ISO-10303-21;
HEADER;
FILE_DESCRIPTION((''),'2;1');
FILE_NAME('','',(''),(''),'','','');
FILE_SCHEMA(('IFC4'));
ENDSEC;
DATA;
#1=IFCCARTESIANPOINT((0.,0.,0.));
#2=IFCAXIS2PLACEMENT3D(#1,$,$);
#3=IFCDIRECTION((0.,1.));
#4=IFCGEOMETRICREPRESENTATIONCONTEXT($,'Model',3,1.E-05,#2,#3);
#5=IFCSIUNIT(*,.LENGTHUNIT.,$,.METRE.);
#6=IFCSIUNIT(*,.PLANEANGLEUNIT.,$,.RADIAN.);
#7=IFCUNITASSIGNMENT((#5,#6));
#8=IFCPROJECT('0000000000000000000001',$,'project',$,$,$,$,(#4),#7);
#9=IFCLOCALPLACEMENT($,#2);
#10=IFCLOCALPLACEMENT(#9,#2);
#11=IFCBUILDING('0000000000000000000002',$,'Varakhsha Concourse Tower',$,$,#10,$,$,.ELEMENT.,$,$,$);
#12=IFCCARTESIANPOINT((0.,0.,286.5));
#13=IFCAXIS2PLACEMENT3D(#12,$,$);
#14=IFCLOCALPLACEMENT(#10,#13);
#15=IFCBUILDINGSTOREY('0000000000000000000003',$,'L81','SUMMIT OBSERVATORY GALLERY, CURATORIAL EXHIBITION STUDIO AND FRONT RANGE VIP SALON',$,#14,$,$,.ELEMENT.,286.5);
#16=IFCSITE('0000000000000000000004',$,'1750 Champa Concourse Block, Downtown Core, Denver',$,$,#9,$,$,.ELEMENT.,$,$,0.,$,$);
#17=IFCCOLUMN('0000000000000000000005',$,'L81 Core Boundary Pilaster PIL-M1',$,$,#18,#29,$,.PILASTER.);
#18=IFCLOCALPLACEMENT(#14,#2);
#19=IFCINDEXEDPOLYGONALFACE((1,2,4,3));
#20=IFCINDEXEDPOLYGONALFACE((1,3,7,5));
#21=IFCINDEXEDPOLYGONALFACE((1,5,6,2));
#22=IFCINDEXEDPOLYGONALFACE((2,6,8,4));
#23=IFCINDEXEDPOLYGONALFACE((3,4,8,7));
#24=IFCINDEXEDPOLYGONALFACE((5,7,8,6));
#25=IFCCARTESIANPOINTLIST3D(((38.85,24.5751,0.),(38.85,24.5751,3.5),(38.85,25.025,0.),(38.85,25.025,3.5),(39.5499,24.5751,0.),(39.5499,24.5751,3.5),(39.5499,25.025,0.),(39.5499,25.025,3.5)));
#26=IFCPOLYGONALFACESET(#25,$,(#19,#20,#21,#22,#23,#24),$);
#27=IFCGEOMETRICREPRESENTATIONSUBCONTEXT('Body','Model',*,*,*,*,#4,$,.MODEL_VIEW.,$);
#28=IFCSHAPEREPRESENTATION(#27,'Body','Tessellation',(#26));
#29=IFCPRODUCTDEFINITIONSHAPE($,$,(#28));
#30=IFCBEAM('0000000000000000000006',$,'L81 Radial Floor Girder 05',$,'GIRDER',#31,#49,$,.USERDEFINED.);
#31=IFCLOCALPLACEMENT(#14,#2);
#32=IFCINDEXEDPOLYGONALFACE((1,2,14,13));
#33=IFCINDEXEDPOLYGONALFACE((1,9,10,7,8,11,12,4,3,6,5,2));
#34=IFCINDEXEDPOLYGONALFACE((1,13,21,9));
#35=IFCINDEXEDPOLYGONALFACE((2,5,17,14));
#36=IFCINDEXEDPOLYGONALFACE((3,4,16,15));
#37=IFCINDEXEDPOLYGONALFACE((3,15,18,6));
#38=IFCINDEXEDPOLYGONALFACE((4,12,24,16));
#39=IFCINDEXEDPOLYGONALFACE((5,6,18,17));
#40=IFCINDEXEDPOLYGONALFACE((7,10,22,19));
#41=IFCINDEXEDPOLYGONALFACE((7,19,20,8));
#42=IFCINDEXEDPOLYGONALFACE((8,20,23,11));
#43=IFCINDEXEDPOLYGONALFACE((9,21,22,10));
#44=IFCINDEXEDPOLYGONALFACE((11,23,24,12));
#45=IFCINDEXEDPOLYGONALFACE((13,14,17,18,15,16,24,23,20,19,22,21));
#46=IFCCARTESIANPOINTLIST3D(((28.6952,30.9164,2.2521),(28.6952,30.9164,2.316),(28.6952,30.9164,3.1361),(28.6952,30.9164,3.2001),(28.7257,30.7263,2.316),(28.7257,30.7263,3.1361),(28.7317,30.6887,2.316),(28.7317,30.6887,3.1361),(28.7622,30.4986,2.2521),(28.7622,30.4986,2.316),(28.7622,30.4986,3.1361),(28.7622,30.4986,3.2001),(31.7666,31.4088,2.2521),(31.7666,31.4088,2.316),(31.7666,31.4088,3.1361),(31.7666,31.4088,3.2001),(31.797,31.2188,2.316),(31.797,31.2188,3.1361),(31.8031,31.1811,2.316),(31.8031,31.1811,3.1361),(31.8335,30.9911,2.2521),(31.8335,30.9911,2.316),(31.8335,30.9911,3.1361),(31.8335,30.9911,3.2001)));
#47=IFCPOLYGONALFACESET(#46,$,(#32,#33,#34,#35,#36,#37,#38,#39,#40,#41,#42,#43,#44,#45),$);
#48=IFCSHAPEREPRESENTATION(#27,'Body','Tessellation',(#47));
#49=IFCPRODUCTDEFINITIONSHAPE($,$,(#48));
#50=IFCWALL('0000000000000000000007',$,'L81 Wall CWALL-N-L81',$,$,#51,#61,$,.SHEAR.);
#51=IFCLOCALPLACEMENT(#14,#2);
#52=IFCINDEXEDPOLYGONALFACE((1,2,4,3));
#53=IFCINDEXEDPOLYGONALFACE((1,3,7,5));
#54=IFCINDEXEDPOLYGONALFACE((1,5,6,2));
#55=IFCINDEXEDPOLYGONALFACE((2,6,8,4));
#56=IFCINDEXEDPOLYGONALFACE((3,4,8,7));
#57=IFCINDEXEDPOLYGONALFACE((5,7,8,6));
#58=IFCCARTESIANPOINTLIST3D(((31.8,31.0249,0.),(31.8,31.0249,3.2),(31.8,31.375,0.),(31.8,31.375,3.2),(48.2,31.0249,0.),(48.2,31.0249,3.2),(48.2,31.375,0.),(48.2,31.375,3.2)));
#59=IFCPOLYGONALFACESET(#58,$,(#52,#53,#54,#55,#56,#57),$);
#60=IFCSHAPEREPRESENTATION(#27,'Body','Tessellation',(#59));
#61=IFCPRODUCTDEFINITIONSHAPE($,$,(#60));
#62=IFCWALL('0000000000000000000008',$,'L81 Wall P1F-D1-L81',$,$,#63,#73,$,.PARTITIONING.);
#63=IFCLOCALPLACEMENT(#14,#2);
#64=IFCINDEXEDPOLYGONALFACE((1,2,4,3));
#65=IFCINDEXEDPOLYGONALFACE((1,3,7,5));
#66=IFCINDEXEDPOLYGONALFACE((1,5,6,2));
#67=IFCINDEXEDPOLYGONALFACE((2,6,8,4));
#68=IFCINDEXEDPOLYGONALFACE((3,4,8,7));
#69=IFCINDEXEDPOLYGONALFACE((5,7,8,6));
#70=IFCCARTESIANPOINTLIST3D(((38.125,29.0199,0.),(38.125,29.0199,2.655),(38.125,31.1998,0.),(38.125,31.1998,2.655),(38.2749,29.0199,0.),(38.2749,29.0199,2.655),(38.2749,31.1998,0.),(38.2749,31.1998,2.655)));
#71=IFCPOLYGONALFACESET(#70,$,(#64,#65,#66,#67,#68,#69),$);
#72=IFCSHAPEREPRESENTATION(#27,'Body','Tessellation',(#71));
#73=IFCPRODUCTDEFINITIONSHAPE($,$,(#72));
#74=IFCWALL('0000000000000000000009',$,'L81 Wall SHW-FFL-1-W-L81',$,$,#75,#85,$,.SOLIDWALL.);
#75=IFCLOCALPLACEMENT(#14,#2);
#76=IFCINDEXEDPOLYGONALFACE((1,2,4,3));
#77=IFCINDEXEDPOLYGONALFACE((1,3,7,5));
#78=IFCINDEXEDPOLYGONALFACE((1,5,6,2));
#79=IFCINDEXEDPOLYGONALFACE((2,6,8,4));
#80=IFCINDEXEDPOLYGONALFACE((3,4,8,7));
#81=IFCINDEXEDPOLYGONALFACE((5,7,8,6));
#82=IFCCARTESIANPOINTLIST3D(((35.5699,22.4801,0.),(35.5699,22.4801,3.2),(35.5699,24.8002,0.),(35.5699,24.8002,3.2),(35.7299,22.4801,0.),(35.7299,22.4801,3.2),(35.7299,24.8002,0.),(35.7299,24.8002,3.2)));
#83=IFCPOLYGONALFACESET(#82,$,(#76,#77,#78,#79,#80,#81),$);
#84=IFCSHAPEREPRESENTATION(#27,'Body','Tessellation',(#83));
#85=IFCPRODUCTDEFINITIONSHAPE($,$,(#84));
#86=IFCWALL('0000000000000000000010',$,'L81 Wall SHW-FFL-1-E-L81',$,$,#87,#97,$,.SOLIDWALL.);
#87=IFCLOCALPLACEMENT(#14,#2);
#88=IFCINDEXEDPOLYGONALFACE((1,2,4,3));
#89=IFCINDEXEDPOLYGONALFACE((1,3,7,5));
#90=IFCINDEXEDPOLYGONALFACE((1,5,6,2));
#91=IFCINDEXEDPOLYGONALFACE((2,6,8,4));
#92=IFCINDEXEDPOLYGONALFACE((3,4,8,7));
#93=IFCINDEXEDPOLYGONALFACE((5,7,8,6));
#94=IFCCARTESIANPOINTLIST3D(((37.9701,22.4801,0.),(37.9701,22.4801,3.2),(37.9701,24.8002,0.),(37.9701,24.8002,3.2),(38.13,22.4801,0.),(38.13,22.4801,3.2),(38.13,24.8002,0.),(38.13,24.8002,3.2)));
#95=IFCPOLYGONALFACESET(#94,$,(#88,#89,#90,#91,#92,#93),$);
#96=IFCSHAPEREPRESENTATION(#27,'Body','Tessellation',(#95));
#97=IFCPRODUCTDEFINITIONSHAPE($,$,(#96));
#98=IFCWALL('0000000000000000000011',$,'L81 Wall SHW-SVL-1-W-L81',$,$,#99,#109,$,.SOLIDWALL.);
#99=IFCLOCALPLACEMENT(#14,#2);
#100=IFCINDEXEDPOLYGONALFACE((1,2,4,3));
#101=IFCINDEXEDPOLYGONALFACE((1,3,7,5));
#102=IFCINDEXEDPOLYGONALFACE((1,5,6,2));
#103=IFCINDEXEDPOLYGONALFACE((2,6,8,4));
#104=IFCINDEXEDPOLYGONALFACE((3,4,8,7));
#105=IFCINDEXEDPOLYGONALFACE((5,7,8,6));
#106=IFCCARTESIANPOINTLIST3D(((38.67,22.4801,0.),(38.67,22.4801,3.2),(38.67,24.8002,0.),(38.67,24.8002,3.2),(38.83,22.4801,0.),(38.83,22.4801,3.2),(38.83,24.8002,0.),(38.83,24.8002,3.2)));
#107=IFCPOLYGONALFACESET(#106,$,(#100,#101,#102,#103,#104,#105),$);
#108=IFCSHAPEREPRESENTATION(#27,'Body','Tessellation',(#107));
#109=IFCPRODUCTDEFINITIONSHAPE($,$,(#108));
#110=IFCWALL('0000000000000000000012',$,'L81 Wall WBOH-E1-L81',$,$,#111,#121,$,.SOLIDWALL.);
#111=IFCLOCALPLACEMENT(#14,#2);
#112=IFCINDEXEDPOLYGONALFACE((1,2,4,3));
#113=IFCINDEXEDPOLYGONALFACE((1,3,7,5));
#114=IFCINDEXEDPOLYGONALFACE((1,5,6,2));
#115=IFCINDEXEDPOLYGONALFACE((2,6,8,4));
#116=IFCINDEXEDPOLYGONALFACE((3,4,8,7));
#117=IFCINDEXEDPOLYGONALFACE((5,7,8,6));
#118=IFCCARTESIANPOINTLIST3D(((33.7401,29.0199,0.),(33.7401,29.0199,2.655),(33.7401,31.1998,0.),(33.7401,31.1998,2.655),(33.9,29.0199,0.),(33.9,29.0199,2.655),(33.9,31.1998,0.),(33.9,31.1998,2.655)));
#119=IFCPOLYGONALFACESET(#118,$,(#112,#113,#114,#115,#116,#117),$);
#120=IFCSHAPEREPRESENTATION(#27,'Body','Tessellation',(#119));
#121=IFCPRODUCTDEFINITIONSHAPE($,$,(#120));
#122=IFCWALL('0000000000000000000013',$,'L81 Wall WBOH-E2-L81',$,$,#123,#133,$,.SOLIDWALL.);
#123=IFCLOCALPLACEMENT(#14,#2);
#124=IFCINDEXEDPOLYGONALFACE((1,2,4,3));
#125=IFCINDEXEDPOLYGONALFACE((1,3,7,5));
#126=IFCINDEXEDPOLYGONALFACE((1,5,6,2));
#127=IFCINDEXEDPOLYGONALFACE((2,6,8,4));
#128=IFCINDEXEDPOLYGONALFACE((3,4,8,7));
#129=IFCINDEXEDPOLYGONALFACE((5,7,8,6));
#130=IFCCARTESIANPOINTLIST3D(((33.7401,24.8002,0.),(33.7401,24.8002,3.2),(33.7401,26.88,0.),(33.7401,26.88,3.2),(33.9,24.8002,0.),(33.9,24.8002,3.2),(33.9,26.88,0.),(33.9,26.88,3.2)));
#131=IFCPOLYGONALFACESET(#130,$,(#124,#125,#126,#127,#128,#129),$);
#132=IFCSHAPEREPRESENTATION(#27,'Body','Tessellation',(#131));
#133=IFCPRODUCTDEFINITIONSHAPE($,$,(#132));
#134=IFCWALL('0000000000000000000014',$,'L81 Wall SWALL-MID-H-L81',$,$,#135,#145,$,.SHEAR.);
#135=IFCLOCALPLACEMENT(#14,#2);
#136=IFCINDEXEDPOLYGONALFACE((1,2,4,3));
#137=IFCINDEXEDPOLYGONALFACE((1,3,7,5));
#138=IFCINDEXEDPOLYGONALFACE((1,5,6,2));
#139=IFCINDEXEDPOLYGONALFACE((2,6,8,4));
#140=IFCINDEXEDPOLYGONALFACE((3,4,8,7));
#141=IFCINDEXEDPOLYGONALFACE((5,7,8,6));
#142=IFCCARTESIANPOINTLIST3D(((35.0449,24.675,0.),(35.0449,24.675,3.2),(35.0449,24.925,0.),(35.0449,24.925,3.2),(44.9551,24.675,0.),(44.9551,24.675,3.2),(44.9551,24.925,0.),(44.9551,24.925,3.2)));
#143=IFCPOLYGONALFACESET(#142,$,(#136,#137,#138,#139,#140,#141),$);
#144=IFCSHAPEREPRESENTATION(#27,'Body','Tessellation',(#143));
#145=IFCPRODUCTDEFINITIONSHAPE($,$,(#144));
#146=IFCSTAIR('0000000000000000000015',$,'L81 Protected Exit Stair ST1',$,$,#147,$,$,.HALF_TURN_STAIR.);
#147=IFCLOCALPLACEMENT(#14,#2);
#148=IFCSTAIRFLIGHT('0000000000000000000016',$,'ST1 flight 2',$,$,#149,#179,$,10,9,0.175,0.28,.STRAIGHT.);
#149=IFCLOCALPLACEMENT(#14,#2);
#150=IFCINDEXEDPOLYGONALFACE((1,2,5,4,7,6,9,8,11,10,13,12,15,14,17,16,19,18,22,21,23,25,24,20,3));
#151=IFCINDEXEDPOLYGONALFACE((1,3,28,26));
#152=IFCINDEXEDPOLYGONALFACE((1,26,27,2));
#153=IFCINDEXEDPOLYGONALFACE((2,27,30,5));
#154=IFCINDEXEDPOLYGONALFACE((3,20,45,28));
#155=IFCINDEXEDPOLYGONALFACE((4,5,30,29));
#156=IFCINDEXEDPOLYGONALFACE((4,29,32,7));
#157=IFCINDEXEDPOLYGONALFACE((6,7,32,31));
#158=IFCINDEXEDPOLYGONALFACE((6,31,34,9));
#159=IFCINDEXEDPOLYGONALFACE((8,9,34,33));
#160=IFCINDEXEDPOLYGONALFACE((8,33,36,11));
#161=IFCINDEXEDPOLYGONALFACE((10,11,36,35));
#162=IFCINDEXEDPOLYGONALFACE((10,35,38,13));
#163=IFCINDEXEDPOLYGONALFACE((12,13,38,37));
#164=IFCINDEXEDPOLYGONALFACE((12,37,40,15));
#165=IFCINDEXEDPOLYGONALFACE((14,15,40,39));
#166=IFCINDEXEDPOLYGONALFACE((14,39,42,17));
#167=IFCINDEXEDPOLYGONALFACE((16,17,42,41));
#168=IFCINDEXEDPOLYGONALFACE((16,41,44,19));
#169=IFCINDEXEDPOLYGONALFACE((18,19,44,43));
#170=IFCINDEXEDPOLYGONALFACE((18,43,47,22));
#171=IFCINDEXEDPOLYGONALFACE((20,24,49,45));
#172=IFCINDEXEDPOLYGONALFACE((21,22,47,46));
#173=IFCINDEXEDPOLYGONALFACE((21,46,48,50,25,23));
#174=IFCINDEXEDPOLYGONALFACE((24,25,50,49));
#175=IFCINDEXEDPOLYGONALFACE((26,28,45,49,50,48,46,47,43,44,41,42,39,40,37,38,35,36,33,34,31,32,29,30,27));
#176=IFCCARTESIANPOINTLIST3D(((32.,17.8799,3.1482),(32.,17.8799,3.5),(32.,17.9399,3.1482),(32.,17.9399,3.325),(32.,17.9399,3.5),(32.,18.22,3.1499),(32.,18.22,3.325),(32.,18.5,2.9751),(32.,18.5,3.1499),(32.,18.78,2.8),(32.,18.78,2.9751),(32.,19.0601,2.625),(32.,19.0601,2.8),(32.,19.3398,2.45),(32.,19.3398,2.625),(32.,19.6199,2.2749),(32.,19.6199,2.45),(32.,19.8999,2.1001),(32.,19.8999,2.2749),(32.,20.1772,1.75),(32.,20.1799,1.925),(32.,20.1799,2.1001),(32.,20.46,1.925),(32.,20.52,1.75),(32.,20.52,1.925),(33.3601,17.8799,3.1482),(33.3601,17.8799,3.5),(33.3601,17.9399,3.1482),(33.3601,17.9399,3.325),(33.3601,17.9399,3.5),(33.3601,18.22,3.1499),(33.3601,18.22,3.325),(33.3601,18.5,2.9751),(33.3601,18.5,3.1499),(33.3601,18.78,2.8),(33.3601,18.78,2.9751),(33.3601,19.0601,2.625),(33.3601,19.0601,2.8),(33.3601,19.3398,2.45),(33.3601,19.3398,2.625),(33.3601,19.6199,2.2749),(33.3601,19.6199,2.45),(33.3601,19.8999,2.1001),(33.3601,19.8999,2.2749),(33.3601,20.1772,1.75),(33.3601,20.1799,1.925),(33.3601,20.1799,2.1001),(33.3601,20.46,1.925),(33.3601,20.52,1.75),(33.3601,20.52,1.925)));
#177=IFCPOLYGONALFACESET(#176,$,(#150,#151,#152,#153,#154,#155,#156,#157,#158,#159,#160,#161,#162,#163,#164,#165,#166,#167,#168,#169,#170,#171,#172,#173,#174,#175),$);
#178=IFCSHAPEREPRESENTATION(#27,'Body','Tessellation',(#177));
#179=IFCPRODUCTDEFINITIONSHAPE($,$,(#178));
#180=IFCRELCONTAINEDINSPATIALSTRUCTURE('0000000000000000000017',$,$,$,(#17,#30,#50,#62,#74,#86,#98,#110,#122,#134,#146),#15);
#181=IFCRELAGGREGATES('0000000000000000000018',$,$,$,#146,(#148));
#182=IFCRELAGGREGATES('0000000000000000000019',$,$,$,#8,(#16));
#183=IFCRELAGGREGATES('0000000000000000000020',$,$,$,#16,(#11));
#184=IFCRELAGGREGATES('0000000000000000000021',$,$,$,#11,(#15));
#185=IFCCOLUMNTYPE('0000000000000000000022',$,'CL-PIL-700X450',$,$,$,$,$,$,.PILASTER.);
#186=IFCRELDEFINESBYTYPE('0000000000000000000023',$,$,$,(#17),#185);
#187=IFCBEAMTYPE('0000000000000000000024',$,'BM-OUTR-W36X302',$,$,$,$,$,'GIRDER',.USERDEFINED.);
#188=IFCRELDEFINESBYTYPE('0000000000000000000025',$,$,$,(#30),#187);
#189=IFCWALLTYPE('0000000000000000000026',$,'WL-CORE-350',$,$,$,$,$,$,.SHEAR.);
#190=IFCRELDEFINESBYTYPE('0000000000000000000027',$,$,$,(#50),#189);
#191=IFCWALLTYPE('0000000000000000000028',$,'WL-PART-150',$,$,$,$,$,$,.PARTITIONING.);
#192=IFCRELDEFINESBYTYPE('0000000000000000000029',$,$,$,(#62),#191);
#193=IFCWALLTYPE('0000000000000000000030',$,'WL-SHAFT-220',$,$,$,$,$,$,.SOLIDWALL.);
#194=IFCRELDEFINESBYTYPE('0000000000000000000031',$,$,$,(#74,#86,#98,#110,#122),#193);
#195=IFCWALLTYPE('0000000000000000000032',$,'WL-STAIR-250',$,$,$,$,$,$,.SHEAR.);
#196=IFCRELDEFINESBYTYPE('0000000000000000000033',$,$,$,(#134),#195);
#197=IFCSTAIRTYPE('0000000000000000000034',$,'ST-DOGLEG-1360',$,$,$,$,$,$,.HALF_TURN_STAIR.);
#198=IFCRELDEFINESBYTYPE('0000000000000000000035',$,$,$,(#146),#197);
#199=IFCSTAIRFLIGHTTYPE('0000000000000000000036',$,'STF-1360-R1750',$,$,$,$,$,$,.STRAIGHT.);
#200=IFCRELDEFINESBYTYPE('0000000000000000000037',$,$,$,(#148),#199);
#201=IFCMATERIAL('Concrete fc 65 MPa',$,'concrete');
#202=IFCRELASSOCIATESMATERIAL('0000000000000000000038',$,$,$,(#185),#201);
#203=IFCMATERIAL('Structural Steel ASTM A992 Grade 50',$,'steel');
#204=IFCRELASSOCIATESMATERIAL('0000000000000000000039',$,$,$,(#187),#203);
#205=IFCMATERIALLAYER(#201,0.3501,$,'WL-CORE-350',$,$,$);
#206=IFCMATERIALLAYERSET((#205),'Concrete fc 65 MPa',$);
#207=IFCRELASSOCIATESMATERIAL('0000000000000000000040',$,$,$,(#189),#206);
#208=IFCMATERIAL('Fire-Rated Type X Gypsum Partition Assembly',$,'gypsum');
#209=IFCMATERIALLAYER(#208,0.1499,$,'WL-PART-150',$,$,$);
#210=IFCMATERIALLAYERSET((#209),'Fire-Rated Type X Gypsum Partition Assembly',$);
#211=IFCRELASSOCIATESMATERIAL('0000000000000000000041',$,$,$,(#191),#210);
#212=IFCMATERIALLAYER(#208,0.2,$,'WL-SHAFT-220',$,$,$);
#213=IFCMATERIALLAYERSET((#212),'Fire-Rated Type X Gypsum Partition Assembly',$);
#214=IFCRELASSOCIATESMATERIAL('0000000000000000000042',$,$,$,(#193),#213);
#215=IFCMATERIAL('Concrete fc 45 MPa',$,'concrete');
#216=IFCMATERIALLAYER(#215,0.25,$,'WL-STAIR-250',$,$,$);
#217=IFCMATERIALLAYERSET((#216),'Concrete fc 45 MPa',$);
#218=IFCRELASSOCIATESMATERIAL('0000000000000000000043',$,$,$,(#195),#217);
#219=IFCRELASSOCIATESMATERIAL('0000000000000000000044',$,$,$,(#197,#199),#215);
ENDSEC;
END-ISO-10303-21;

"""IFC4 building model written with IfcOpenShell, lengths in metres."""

from ifc_helpers import new_model, si_unit, direction, frame, frame_2d, origin, origin_2d, place, context, subcontext, project, spatial, polyline, rectangle, i_section, outline, extrude, material, layer, layer_set, material_profile, profile_set, type_object, element, aggregate, save


model = new_model("IFC4")

# Units and contexts
model_context = context("Model", 3, precision=1e-05, world=origin(), true_north=direction((0.0, 1.0)))
body_context = subcontext(model_context, "Body", "Model", "MODEL_VIEW")
ifc_project = project(units=[si_unit("LENGTHUNIT", "METRE"), si_unit("PLANEANGLEUNIT", "RADIAN")], contexts=[model_context])

# Site, building, storey
site_placement = place(None, origin())
site = spatial("IfcSite", under=ifc_project, at=site_placement, Name="1750 Champa Concourse Block, Downtown Core, Denver", CompositionType="ELEMENT", RefElevation=0.0)
building_placement = place(site_placement, origin())
building = spatial("IfcBuilding", under=site, at=building_placement, Name="Varakhsha Concourse Tower", CompositionType="ELEMENT")
storey_placement = place(building_placement, frame((0.0, 0.0, 286.5)))
storey = spatial("IfcBuildingStorey", under=building, at=storey_placement, Name="L81", Description="SUMMIT OBSERVATORY GALLERY, CURATORIAL EXHIBITION STUDIO AND FRONT RANGE VIP SALON", CompositionType="ELEMENT", Elevation=286.5)

# Column
ifc_material_1 = material(Name="Concrete fc 65 MPa", Category="concrete")
ifc_material_profile_1 = material_profile(ifc_material_1, rectangle(XDim=0.7, YDim=0.45, at=origin_2d()), Name="RC 700x450")
ifc_profile_set_1 = profile_set([ifc_material_profile_1], Name="Concrete fc 65 MPa")
column_type = type_object("IfcColumnType", Name="CL-PIL-700X450", PredefinedType="PILASTER", material=ifc_profile_set_1)
column_placement = place(storey_placement, frame((39.2, 24.8, 0.0), z_axis=(0.0, 0.0, 1.0), x_axis=(1.0, 0.0, 0.0)))
element("IfcColumn", 1, at=column_placement, inside=storey, type_object=column_type, Name="L81 Core Boundary Pilaster PIL-M1", PredefinedType="PILASTER", context=body_context, shape_type="SweptSolid", body=[
    extrude(rectangle(XDim=0.7, YDim=0.45, at=origin_2d()), origin(), (0.0, 0.0, 1.0), 3.5),
])

# Beam
ifc_material_2 = material(Name="Structural Steel ASTM A992 Grade 50", Category="steel")
ifc_material_profile_2 = material_profile(ifc_material_2, i_section(OverallWidth=0.4231, OverallDepth=0.948, WebThickness=0.0381, FlangeThickness=0.064, at=origin_2d()), Name="W36X302")
ifc_profile_set_2 = profile_set([ifc_material_profile_2], Name="Structural Steel ASTM A992 Grade 50")
beam_type = type_object("IfcBeamType", Name="BM-OUTR-W36X302", ElementType="GIRDER", PredefinedType="USERDEFINED", material=ifc_profile_set_2)
beam_placement = place(storey_placement, frame((31.8, 31.2, 2.7261), z_axis=(-0.987389, -0.158312, 0.0), x_axis=(0.158312, -0.987389, 0.0)))
element("IfcBeam", 2, at=beam_placement, inside=storey, type_object=beam_type, Name="L81 Radial Floor Girder 05", ObjectType="GIRDER", PredefinedType="USERDEFINED", context=body_context, shape_type="SweptSolid", body=[
    extrude(i_section(OverallWidth=0.4231, OverallDepth=0.948, WebThickness=0.0381, FlangeThickness=0.064, at=origin_2d()), origin(), (0.0, 0.0, 1.0), 3.1106),
])

# Walls
ifc_layer_1 = layer(ifc_material_1, 0.3501, Name="WL-CORE-350")
ifc_layer_set_1 = layer_set([ifc_layer_1], Name="Concrete fc 65 MPa")
wall_type_1 = type_object("IfcWallType", Name="WL-CORE-350", PredefinedType="SHEAR", material=ifc_layer_set_1)
wall_1_placement = place(storey_placement, frame((31.8, 31.2, 0.0), z_axis=(0.0, 0.0, 1.0), x_axis=(1.0, 0.0, 0.0)))
element("IfcWall", 3, at=wall_1_placement, inside=storey, type_object=wall_type_1, Name="L81 Wall CWALL-N-L81", PredefinedType="SHEAR", context=body_context, shape_type="SweptSolid", body=[
    extrude(rectangle(XDim=16.3999, YDim=0.3501, at=frame_2d((8.2, 0.0))), origin(), (0.0, 0.0, 1.0), 3.2),
])
ifc_material_3 = material(Name="Fire-Rated Type X Gypsum Partition Assembly", Category="gypsum")
ifc_layer_2 = layer(ifc_material_3, 0.1499, Name="WL-PART-150")
ifc_layer_set_2 = layer_set([ifc_layer_2], Name="Fire-Rated Type X Gypsum Partition Assembly")
wall_type_2 = type_object("IfcWallType", Name="WL-PART-150", PredefinedType="PARTITIONING", material=ifc_layer_set_2)
wall_2_placement = place(storey_placement, frame((38.2, 29.02, 0.0), z_axis=(0.0, 0.0, 1.0), x_axis=(0.0, 1.0, 0.0)))
element("IfcWall", 4, at=wall_2_placement, inside=storey, type_object=wall_type_2, Name="L81 Wall P1F-D1-L81", PredefinedType="PARTITIONING", context=body_context, shape_type="SweptSolid", body=[
    extrude(rectangle(XDim=2.1799, YDim=0.1499, at=frame_2d((1.0898, 0.0))), origin(), (0.0, 0.0, 1.0), 2.655),
])

# Shared definitions
ifc_layer_3 = layer(ifc_material_3, 0.2, Name="WL-SHAFT-220")
ifc_layer_set_3 = layer_set([ifc_layer_3], Name="Fire-Rated Type X Gypsum Partition Assembly")
wall_type_3 = type_object("IfcWallType", Name="WL-SHAFT-220", PredefinedType="SOLIDWALL", material=ifc_layer_set_3)

# Walls
for number, where, z_axis, x_axis, name in (
    (5, (35.6499, 22.48, 0.0), (0.0, 0.0, 1.0), (0.0, 1.0, 0.0), "L81 Wall SHW-FFL-1-W-L81"),
    (6, (38.05, 22.48, 0.0), (0.0, 0.0, 1.0), (0.0, 1.0, 0.0), "L81 Wall SHW-FFL-1-E-L81"),
    (7, (38.75, 22.48, 0.0), (0.0, 0.0, 1.0), (0.0, 1.0, 0.0), "L81 Wall SHW-SVL-1-W-L81"),
):
    element("IfcWall", number, at=place(storey_placement, frame(where, z_axis=z_axis, x_axis=x_axis)), inside=storey, type_object=wall_type_3, Name=name, PredefinedType="SOLIDWALL", context=body_context, shape_type="SweptSolid", body=[
        extrude(rectangle(XDim=2.3201, YDim=0.1599, at=frame_2d((1.1602, 0.0))), origin(), (0.0, 0.0, 1.0), 3.2),
    ])

# Walls
wall_3_placement = place(storey_placement, frame((33.8201, 29.02, 0.0), z_axis=(0.0, 0.0, 1.0), x_axis=(0.0, 1.0, 0.0)))
element("IfcWall", 8, at=wall_3_placement, inside=storey, type_object=wall_type_3, Name="L81 Wall WBOH-E1-L81", PredefinedType="SOLIDWALL", context=body_context, shape_type="SweptSolid", body=[
    extrude(rectangle(XDim=2.1799, YDim=0.1599, at=frame_2d((1.0898, 0.0))), origin(), (0.0, 0.0, 1.0), 2.655),
])
wall_4_placement = place(storey_placement, frame((33.8201, 24.8, 0.0), z_axis=(0.0, 0.0, 1.0), x_axis=(0.0, 1.0, 0.0)))
element("IfcWall", 9, at=wall_4_placement, inside=storey, type_object=wall_type_3, Name="L81 Wall WBOH-E2-L81", PredefinedType="SOLIDWALL", context=body_context, shape_type="SweptSolid", body=[
    extrude(rectangle(XDim=2.0798, YDim=0.1599, at=frame_2d((1.04, 0.0))), origin(), (0.0, 0.0, 1.0), 3.2),
])
ifc_material_4 = material(Name="Concrete fc 45 MPa", Category="concrete")
ifc_layer_4 = layer(ifc_material_4, 0.25, Name="WL-STAIR-250")
ifc_layer_set_4 = layer_set([ifc_layer_4], Name="Concrete fc 45 MPa")
wall_type_4 = type_object("IfcWallType", Name="WL-STAIR-250", PredefinedType="SHEAR", material=ifc_layer_set_4)
wall_5_placement = place(storey_placement, frame((35.0449, 24.8, 0.0), z_axis=(0.0, 0.0, 1.0), x_axis=(1.0, 0.0, 0.0)))
element("IfcWall", 10, at=wall_5_placement, inside=storey, type_object=wall_type_4, Name="L81 Wall SWALL-MID-H-L81", PredefinedType="SHEAR", context=body_context, shape_type="SweptSolid", body=[
    extrude(rectangle(XDim=9.9102, YDim=0.25, at=frame_2d((4.9551, 0.0))), origin(), (0.0, 0.0, 1.0), 3.2),
])

# Stair, stair flight
stair_type = type_object("IfcStairType", Name="ST-DOGLEG-1360", PredefinedType="HALF_TURN_STAIR", material=ifc_material_4)
stair_placement = place(storey_placement, origin())
stair = element("IfcStair", 11, at=stair_placement, inside=storey, type_object=stair_type, Name="L81 Protected Exit Stair ST1", PredefinedType="HALF_TURN_STAIR")
stair_flight_type = type_object("IfcStairFlightType", Name="STF-1360-R1750", PredefinedType="STRAIGHT", material=ifc_material_4)
stair_flight_placement = place(storey_placement, frame((32.6799, 20.46, 1.75), z_axis=(0.0, 0.0, 1.0), x_axis=(0.0, -1.0, 0.0)))
stair_flight = element("IfcStairFlight", 12, at=stair_flight_placement, type_object=stair_flight_type, Name="ST1 flight 2", NumberOfRisers=10, NumberOfTreads=9, PredefinedType="STRAIGHT", RiserHeight=0.175, TreadLength=0.28, context=body_context, shape_type="SweptSolid", body=[
    extrude(outline(polyline([(-0.0601, 0.0), (-0.0601, 0.175), (0.0, 0.175), (0.28, 0.175), (0.28, 0.3501), (0.5601, 0.3501), (0.5601, 0.5249), (0.8401, 0.5249), (0.8401, 0.7), (1.1201, 0.7), (1.1201, 0.875), (1.3999, 0.875), (1.3999, 1.05), (1.6799, 1.05), (1.6799, 1.2251), (1.96, 1.2251), (1.96, 1.3999), (2.24, 1.3999), (2.24, 1.575), (2.52, 1.575), (2.52, 1.75), (2.5801, 1.75), (2.5801, 1.3982), (2.52, 1.3982), (0.2827, 0.0), (-0.0601, 0.0)])), frame((0.0, 0.6802, 0.0), z_axis=(0.0, -1.0, 0.0), x_axis=(1.0, 0.0, 0.0)), (0.0, 0.0, 1.0), 1.3601),
])
aggregate(stair, [stair_flight])

save(model, "model.ifc")
